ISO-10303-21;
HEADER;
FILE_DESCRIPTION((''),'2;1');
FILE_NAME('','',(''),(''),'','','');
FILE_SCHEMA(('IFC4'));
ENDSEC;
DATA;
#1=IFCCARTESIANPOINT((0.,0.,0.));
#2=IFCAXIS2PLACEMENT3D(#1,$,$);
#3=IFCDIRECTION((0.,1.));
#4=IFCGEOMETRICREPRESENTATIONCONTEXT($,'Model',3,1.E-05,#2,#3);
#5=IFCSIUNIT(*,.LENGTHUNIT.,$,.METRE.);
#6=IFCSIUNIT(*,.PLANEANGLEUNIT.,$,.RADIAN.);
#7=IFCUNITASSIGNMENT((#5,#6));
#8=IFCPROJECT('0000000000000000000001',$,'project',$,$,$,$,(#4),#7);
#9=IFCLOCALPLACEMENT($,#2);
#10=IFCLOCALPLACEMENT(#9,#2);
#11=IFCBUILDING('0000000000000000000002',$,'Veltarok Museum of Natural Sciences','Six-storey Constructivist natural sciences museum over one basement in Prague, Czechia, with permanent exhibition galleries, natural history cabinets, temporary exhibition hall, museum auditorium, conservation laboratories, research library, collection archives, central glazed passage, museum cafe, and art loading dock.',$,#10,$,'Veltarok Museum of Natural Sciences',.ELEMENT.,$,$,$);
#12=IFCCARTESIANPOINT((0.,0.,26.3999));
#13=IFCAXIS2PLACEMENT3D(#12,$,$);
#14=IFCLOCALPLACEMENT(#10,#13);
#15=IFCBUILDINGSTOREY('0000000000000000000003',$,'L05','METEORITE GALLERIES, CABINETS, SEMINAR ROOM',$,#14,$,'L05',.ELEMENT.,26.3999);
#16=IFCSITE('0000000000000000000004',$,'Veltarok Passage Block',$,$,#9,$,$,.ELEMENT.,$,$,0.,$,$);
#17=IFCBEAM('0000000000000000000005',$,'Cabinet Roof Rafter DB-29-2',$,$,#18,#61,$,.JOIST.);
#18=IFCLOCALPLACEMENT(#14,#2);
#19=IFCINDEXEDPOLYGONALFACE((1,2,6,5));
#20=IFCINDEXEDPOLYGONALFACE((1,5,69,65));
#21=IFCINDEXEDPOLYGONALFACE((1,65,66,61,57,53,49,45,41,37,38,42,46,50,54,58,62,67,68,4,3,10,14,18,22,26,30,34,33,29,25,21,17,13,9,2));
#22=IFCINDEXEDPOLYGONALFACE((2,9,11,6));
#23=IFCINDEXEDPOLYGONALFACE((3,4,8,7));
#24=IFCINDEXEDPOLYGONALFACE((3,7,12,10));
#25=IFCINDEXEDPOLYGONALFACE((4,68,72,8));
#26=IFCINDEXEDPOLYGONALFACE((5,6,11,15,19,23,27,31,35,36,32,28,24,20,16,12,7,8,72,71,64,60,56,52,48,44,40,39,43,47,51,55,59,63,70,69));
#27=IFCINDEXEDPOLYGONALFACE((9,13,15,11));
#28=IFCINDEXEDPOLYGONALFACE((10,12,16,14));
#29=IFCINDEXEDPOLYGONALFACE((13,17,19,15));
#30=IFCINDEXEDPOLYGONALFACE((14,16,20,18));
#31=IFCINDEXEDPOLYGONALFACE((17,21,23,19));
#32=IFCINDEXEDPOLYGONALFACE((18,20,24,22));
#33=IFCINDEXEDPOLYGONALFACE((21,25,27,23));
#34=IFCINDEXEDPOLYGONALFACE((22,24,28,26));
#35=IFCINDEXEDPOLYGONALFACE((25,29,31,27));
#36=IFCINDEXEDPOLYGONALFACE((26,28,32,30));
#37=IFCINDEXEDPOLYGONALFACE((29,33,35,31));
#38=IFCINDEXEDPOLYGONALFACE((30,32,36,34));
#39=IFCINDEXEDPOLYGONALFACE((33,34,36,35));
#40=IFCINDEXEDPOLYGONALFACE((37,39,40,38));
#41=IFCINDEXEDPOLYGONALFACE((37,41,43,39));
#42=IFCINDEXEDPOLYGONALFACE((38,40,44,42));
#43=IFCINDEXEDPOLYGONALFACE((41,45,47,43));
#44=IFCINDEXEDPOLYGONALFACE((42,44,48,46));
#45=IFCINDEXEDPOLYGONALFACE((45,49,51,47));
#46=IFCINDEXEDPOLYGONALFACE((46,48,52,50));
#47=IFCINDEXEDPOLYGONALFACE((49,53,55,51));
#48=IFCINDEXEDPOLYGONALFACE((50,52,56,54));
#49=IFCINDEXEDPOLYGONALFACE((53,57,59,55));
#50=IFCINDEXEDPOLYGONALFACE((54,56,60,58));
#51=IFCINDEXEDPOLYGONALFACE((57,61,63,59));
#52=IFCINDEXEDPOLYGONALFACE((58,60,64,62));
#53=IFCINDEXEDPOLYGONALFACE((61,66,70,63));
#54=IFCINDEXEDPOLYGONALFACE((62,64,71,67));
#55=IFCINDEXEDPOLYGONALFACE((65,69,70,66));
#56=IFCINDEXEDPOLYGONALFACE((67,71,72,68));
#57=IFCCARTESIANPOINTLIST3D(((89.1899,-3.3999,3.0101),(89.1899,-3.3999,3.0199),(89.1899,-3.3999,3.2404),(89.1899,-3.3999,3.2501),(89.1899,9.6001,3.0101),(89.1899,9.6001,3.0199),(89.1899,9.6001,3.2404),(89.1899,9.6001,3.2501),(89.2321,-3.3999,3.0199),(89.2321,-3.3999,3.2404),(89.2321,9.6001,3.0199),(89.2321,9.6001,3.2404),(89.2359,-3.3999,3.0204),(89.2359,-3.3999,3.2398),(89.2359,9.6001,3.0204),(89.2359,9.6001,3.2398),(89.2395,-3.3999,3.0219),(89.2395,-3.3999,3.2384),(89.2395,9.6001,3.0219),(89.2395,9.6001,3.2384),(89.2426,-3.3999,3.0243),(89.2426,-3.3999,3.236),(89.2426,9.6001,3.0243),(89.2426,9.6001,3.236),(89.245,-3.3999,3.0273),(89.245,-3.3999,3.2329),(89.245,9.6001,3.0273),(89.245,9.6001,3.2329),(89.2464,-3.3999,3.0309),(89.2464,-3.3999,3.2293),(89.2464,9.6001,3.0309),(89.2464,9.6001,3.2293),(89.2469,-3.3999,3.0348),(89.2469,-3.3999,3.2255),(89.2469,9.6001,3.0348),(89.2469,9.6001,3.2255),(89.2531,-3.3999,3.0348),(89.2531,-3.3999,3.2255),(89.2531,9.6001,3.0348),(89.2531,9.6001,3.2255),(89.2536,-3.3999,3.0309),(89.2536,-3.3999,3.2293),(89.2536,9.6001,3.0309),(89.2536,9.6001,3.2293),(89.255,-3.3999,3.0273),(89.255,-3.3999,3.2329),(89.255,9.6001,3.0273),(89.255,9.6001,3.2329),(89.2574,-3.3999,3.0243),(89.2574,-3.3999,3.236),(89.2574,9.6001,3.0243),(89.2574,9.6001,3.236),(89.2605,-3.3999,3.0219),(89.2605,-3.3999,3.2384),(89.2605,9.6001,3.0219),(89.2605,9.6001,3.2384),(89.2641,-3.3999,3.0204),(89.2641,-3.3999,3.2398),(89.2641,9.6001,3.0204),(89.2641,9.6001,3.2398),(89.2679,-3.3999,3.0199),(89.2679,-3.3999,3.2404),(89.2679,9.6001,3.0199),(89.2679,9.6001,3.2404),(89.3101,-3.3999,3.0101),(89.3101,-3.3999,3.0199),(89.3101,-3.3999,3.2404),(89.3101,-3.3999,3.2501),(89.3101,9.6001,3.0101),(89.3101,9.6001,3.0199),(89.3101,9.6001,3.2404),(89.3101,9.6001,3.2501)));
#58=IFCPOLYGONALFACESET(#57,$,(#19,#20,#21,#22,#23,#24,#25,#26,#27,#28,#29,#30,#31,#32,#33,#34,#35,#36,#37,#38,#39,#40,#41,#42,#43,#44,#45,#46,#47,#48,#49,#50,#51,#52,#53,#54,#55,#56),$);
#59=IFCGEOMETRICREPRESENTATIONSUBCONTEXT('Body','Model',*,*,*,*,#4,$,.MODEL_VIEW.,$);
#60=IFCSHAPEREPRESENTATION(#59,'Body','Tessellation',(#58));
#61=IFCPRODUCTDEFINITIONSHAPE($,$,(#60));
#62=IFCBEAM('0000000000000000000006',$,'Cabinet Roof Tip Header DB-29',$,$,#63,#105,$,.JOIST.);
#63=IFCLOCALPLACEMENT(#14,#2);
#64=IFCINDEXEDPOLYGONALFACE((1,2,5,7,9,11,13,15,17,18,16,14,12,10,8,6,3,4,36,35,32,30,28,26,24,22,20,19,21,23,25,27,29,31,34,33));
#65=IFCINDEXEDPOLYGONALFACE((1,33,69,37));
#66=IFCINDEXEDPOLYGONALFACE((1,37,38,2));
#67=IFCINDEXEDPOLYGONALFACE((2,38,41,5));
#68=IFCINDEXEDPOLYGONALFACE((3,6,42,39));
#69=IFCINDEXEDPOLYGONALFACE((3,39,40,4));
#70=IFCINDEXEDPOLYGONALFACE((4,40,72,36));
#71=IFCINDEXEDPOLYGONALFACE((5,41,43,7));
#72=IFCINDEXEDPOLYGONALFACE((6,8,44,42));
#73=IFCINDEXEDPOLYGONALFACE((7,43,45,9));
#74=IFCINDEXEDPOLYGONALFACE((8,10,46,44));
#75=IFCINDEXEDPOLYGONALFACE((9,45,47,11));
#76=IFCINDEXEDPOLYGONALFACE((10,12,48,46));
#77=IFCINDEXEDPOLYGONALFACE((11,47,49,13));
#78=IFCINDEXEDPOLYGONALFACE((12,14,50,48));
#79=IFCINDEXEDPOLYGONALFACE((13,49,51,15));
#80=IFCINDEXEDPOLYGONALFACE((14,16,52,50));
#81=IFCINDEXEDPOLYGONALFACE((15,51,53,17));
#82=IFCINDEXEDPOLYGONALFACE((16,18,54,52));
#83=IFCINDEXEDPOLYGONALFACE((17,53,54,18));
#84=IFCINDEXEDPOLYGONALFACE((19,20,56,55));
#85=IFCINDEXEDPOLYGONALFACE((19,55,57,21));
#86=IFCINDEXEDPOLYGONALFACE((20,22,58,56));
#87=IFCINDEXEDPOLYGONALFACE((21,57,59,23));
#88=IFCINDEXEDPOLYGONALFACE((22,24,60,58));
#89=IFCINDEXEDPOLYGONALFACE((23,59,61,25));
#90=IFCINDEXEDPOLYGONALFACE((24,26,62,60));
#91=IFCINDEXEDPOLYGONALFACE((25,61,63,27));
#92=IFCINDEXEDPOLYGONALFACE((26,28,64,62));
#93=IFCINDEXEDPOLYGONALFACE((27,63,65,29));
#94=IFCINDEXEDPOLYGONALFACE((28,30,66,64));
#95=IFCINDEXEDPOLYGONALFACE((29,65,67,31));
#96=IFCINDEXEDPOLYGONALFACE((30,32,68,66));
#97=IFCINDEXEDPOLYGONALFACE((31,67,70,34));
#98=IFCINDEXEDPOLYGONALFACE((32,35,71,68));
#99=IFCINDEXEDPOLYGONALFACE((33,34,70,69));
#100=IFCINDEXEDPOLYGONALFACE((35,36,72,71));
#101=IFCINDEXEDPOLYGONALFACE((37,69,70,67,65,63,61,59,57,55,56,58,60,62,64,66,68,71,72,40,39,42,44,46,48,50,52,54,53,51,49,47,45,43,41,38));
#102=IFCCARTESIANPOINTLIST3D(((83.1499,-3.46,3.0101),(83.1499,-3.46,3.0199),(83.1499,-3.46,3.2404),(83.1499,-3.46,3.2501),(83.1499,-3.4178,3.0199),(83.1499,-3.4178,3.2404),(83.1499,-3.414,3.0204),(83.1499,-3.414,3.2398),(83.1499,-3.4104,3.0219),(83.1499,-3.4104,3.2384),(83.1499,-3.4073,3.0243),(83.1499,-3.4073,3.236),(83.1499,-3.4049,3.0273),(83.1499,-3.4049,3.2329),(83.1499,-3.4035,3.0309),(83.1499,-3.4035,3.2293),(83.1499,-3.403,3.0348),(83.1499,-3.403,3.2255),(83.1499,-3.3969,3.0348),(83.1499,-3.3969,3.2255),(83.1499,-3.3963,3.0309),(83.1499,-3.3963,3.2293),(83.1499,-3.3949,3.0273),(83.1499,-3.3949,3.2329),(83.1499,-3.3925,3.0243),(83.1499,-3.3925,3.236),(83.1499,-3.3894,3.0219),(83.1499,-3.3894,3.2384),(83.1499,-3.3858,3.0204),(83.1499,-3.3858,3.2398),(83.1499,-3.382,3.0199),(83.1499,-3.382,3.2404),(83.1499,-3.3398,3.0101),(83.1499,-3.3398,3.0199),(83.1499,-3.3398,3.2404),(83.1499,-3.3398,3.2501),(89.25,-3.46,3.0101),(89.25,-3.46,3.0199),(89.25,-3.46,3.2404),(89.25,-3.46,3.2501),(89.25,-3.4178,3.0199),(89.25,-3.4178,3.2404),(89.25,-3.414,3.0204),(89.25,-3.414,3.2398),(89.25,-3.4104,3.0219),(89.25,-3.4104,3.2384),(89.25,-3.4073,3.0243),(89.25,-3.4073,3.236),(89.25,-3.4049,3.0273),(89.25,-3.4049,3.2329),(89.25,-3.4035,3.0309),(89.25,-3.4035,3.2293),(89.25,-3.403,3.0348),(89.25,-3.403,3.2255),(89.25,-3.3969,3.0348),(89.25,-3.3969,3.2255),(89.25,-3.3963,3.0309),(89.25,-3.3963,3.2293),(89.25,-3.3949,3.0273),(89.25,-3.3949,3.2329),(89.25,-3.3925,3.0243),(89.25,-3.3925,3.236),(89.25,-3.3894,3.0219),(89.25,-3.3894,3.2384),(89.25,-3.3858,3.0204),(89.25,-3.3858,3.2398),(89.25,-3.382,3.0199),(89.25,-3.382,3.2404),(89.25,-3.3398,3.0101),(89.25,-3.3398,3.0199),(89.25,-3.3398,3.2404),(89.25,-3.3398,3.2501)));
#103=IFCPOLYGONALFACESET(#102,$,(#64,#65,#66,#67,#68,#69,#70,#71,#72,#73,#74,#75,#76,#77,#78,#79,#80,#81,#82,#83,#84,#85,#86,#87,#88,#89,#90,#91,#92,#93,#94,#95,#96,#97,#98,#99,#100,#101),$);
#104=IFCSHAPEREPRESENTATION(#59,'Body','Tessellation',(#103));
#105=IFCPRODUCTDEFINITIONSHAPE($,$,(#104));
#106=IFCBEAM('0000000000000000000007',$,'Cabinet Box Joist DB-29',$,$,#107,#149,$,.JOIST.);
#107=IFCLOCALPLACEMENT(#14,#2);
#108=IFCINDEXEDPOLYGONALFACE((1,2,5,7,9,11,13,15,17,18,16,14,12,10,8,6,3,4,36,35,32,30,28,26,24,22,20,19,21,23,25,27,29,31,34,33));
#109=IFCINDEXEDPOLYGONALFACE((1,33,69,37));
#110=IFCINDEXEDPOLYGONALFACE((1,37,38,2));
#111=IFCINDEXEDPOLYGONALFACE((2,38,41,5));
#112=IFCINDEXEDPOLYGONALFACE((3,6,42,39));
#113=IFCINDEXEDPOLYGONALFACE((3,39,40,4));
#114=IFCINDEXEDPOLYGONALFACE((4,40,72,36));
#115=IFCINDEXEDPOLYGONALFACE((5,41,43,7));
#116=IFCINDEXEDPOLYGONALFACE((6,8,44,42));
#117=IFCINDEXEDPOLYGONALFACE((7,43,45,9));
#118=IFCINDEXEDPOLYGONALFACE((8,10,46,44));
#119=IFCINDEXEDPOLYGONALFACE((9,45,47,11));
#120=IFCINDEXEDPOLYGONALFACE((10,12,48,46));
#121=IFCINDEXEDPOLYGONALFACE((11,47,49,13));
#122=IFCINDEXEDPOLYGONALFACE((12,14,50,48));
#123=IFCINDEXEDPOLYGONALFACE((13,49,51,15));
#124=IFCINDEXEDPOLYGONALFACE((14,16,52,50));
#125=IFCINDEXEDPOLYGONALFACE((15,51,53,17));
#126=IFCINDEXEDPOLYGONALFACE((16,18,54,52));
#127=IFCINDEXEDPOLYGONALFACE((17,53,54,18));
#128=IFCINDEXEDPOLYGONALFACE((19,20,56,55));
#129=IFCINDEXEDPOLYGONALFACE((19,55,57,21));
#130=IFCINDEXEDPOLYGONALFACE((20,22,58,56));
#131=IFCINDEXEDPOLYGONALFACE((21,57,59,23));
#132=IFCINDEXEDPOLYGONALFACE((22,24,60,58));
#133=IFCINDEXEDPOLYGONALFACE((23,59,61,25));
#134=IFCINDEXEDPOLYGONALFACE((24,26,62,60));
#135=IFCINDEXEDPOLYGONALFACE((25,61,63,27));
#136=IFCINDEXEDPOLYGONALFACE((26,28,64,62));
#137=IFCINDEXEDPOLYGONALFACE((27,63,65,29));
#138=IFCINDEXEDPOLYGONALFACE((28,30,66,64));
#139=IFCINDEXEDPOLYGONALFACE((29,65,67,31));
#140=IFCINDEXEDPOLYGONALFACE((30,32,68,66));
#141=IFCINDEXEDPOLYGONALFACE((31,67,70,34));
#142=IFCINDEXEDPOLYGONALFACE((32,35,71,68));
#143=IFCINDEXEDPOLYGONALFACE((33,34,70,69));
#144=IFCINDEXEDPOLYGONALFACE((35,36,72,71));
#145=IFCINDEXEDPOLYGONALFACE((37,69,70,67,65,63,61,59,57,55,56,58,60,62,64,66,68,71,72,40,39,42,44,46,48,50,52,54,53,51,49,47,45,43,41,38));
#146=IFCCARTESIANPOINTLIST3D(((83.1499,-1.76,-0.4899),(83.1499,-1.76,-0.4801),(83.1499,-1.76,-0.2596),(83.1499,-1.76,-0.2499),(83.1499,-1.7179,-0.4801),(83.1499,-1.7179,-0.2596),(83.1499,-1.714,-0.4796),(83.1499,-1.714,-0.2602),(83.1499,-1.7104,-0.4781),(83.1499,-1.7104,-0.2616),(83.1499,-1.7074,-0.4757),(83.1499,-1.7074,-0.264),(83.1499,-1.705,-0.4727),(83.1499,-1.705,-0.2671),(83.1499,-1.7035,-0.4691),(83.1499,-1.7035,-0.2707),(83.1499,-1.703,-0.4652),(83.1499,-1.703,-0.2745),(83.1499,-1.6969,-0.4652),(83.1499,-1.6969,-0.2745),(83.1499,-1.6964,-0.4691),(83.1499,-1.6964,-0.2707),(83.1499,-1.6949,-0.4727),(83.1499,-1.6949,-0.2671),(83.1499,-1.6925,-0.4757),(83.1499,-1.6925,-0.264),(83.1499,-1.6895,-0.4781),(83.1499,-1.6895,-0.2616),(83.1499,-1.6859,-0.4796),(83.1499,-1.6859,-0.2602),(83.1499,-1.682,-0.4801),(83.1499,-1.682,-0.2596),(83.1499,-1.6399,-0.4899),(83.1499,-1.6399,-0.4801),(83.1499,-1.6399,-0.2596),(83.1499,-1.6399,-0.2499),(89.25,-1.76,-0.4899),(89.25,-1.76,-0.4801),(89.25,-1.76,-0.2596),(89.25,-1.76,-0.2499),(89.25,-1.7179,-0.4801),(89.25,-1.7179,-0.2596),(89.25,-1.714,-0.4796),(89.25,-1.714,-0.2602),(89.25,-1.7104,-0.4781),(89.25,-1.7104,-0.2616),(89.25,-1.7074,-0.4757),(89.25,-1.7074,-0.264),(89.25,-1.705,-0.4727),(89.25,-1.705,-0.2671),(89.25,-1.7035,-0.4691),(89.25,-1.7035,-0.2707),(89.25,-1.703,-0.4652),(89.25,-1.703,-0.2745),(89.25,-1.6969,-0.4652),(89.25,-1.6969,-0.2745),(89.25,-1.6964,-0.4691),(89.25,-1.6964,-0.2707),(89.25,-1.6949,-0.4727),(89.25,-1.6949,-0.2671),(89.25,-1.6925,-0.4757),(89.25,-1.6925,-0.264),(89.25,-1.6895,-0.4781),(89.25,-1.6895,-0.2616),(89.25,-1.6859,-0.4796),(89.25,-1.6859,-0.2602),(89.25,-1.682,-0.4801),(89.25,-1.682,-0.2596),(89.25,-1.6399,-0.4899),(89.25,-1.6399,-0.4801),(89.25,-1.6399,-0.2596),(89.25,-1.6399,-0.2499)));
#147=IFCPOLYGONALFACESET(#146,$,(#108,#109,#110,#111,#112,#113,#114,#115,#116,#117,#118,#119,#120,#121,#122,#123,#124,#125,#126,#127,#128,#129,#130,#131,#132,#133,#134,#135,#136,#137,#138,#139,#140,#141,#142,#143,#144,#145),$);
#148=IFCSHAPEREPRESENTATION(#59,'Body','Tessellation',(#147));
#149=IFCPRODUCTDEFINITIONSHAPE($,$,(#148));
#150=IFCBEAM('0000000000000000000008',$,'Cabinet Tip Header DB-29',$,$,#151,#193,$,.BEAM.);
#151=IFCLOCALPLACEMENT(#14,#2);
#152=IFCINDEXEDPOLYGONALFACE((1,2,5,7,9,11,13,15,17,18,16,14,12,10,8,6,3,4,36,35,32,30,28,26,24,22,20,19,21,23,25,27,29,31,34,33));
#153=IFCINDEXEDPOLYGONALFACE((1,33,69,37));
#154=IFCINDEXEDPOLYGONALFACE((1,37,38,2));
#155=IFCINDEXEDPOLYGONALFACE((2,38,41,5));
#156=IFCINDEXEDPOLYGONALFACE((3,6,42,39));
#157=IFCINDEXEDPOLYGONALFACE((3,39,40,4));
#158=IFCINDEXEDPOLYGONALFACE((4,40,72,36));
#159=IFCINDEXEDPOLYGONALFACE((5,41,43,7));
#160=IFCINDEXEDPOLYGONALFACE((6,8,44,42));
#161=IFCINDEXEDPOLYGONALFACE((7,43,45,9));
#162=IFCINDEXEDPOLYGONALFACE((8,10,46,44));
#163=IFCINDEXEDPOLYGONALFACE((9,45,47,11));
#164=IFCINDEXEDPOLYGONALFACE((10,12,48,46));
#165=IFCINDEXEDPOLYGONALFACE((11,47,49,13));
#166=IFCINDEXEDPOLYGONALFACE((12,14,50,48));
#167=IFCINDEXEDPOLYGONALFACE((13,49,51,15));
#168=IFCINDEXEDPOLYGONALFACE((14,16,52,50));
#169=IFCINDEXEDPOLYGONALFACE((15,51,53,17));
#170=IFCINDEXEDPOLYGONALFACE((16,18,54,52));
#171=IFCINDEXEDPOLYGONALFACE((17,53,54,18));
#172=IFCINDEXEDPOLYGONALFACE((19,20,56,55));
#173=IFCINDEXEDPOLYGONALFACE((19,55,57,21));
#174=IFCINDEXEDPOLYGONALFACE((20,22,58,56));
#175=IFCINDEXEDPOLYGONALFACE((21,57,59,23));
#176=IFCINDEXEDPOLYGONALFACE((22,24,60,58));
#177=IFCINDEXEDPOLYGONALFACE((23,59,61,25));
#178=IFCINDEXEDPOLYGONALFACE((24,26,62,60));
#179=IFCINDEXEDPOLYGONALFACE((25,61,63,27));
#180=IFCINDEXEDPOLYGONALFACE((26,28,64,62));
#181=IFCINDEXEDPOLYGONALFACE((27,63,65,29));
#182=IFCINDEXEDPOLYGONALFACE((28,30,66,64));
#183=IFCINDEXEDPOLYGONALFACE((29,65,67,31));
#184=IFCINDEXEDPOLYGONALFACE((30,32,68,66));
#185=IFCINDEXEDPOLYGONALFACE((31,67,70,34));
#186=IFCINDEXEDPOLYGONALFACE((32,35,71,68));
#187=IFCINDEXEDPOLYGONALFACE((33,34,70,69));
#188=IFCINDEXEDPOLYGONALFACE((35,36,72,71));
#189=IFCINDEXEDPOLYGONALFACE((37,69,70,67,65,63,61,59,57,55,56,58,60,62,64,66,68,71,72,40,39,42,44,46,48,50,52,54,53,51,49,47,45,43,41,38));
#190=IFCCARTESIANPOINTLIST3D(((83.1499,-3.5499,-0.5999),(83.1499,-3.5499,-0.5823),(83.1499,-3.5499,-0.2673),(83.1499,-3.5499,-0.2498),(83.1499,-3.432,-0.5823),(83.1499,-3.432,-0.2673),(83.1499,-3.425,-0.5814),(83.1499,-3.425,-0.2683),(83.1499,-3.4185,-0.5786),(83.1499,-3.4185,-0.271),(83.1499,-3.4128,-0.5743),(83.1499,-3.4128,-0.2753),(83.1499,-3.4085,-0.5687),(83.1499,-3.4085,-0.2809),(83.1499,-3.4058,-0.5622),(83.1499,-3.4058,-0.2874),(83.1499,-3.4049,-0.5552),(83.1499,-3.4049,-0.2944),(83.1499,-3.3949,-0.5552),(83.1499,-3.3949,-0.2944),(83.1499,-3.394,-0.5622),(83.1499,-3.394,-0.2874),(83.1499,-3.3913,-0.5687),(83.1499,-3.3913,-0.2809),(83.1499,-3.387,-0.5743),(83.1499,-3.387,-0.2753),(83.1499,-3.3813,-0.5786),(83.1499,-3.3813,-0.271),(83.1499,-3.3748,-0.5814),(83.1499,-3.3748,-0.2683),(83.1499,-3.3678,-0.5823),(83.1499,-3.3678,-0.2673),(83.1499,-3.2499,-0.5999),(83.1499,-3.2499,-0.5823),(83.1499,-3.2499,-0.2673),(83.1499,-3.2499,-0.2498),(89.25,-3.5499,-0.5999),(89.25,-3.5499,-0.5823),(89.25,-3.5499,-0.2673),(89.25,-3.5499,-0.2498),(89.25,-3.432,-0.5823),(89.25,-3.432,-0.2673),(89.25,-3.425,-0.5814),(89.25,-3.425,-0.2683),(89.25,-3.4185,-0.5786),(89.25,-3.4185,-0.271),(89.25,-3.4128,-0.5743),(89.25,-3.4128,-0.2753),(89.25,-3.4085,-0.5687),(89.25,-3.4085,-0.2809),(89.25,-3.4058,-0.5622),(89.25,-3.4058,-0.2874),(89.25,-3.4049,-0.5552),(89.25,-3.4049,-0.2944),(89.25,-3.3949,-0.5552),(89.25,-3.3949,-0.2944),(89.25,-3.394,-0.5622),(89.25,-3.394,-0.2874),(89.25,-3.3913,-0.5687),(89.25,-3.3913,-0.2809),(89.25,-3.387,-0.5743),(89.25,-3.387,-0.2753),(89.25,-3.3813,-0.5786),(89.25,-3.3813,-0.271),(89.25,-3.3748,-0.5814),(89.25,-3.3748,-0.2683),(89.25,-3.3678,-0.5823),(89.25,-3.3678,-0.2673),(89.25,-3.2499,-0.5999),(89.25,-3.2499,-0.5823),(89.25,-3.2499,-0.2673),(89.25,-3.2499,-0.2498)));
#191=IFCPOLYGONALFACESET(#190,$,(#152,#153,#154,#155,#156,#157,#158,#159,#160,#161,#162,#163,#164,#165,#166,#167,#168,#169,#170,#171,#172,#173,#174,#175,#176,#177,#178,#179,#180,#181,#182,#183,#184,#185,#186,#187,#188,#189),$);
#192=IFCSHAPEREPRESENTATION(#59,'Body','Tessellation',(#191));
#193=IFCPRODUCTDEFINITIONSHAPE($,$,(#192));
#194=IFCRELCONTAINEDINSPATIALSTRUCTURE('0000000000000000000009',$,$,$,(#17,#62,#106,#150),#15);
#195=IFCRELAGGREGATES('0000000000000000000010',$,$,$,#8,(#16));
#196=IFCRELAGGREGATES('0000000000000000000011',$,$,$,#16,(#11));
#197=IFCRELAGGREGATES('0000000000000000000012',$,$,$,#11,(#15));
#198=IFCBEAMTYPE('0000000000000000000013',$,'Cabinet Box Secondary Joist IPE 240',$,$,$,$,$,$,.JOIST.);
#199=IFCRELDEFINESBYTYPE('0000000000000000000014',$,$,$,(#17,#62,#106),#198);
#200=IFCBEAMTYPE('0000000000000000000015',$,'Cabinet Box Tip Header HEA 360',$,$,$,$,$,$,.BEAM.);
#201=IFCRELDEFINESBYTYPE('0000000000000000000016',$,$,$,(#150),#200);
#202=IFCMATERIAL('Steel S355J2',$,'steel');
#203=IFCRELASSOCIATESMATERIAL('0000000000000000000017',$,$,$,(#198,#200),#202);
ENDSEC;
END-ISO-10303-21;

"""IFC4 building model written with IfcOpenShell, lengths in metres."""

from ifc_helpers import new_model, si_unit, direction, frame, origin, origin_2d, place, context, subcontext, project, spatial, i_section, extrude, material, material_profile, profile_set, type_object, element, save


model = new_model("IFC4")

# Units and contexts
model_context = context("Model", 3, precision=1e-05, world=origin(), true_north=direction((0.0, 1.0)))
body_context = subcontext(model_context, "Body", "Model", "MODEL_VIEW")
ifc_project = project(units=[si_unit("LENGTHUNIT", "METRE"), si_unit("PLANEANGLEUNIT", "RADIAN")], contexts=[model_context])

# Site, building, storey
site_placement = place(None, origin())
site = spatial("IfcSite", under=ifc_project, at=site_placement, Name="Veltarok Passage Block", CompositionType="ELEMENT", RefElevation=0.0)
building_placement = place(site_placement, origin())
building = spatial("IfcBuilding", under=site, at=building_placement, Name="Veltarok Museum of Natural Sciences", Description="Six-storey Constructivist natural sciences museum over one basement in Prague, Czechia, with permanent exhibition galleries, natural history cabinets, temporary exhibition hall, museum auditorium, conservation laboratories, research library, collection archives, central glazed passage, museum cafe, and art loading dock.", LongName="Veltarok Museum of Natural Sciences", CompositionType="ELEMENT")
storey_placement = place(building_placement, frame((0.0, 0.0, 26.3999)))
storey = spatial("IfcBuildingStorey", under=building, at=storey_placement, Name="L05", Description="METEORITE GALLERIES, CABINETS, SEMINAR ROOM", LongName="L05", CompositionType="ELEMENT", Elevation=26.3999)

# Beams
ifc_material_1 = material(Name="Steel S355J2", Category="steel")
ifc_material_profile_1 = material_profile(ifc_material_1, i_section(OverallWidth=0.1201, OverallDepth=0.24, WebThickness=0.0061, FlangeThickness=0.0098, FilletRadius=0.0149, at=origin_2d()), Name="IPE 240")
ifc_profile_set_1 = profile_set([ifc_material_profile_1], Name="Steel S355J2")
beam_type_1 = type_object("IfcBeamType", Name="Cabinet Box Secondary Joist IPE 240", PredefinedType="JOIST", material=ifc_profile_set_1)
for number, where, z_axis, x_axis, name in (
    (1, (89.25, -3.3999, 3.1301), (0.0, 1.0, 0.0), (-1.0, 0.0, 0.0), "Cabinet Roof Rafter DB-29-2"),
):
    element("IfcBeam", number, at=place(storey_placement, frame(where, z_axis=z_axis, x_axis=x_axis)), inside=storey, type_object=beam_type_1, Name=name, PredefinedType="JOIST", context=body_context, shape_type="SweptSolid", body=[
        extrude(i_section(OverallWidth=0.1201, OverallDepth=0.24, WebThickness=0.0061, FlangeThickness=0.0098, FilletRadius=0.0149, at=origin_2d()), origin(), (0.0, 0.0, 1.0), 13.0),
    ])
for number, where, z_axis, x_axis, name in (
    (2, (83.1499, -3.3999, 3.1301), (1.0, 0.0, 0.0), (0.0, 1.0, 0.0), "Cabinet Roof Tip Header DB-29"),
    (3, (83.1499, -1.7, -0.3699), (1.0, 0.0, 0.0), (0.0, 1.0, 0.0), "Cabinet Box Joist DB-29"),
):
    element("IfcBeam", number, at=place(storey_placement, frame(where, z_axis=z_axis, x_axis=x_axis)), inside=storey, type_object=beam_type_1, Name=name, PredefinedType="JOIST", context=body_context, shape_type="SweptSolid", body=[
        extrude(i_section(OverallWidth=0.1201, OverallDepth=0.24, WebThickness=0.0061, FlangeThickness=0.0098, FilletRadius=0.0149, at=origin_2d()), origin(), (0.0, 0.0, 1.0), 6.1001),
    ])
ifc_material_profile_2 = material_profile(ifc_material_1, i_section(OverallWidth=0.3, OverallDepth=0.3501, WebThickness=0.01, FlangeThickness=0.0176, FilletRadius=0.0271, at=origin_2d()), Name="HEA 360")
ifc_profile_set_2 = profile_set([ifc_material_profile_2], Name="Steel S355J2")
beam_type_2 = type_object("IfcBeamType", Name="Cabinet Box Tip Header HEA 360", PredefinedType="BEAM", material=ifc_profile_set_2)
beam_1_placement = place(storey_placement, frame((83.1499, -3.3999, -0.4248), z_axis=(1.0, 0.0, 0.0), x_axis=(0.0, 1.0, 0.0)))
element("IfcBeam", 4, at=beam_1_placement, inside=storey, type_object=beam_type_2, Name="Cabinet Tip Header DB-29", PredefinedType="BEAM", context=body_context, shape_type="SweptSolid", body=[
    extrude(i_section(OverallWidth=0.3, OverallDepth=0.3501, WebThickness=0.01, FlangeThickness=0.0176, FilletRadius=0.0271, at=origin_2d()), origin(), (0.0, 0.0, 1.0), 6.1001),
])

save(model, "model.ifc")
